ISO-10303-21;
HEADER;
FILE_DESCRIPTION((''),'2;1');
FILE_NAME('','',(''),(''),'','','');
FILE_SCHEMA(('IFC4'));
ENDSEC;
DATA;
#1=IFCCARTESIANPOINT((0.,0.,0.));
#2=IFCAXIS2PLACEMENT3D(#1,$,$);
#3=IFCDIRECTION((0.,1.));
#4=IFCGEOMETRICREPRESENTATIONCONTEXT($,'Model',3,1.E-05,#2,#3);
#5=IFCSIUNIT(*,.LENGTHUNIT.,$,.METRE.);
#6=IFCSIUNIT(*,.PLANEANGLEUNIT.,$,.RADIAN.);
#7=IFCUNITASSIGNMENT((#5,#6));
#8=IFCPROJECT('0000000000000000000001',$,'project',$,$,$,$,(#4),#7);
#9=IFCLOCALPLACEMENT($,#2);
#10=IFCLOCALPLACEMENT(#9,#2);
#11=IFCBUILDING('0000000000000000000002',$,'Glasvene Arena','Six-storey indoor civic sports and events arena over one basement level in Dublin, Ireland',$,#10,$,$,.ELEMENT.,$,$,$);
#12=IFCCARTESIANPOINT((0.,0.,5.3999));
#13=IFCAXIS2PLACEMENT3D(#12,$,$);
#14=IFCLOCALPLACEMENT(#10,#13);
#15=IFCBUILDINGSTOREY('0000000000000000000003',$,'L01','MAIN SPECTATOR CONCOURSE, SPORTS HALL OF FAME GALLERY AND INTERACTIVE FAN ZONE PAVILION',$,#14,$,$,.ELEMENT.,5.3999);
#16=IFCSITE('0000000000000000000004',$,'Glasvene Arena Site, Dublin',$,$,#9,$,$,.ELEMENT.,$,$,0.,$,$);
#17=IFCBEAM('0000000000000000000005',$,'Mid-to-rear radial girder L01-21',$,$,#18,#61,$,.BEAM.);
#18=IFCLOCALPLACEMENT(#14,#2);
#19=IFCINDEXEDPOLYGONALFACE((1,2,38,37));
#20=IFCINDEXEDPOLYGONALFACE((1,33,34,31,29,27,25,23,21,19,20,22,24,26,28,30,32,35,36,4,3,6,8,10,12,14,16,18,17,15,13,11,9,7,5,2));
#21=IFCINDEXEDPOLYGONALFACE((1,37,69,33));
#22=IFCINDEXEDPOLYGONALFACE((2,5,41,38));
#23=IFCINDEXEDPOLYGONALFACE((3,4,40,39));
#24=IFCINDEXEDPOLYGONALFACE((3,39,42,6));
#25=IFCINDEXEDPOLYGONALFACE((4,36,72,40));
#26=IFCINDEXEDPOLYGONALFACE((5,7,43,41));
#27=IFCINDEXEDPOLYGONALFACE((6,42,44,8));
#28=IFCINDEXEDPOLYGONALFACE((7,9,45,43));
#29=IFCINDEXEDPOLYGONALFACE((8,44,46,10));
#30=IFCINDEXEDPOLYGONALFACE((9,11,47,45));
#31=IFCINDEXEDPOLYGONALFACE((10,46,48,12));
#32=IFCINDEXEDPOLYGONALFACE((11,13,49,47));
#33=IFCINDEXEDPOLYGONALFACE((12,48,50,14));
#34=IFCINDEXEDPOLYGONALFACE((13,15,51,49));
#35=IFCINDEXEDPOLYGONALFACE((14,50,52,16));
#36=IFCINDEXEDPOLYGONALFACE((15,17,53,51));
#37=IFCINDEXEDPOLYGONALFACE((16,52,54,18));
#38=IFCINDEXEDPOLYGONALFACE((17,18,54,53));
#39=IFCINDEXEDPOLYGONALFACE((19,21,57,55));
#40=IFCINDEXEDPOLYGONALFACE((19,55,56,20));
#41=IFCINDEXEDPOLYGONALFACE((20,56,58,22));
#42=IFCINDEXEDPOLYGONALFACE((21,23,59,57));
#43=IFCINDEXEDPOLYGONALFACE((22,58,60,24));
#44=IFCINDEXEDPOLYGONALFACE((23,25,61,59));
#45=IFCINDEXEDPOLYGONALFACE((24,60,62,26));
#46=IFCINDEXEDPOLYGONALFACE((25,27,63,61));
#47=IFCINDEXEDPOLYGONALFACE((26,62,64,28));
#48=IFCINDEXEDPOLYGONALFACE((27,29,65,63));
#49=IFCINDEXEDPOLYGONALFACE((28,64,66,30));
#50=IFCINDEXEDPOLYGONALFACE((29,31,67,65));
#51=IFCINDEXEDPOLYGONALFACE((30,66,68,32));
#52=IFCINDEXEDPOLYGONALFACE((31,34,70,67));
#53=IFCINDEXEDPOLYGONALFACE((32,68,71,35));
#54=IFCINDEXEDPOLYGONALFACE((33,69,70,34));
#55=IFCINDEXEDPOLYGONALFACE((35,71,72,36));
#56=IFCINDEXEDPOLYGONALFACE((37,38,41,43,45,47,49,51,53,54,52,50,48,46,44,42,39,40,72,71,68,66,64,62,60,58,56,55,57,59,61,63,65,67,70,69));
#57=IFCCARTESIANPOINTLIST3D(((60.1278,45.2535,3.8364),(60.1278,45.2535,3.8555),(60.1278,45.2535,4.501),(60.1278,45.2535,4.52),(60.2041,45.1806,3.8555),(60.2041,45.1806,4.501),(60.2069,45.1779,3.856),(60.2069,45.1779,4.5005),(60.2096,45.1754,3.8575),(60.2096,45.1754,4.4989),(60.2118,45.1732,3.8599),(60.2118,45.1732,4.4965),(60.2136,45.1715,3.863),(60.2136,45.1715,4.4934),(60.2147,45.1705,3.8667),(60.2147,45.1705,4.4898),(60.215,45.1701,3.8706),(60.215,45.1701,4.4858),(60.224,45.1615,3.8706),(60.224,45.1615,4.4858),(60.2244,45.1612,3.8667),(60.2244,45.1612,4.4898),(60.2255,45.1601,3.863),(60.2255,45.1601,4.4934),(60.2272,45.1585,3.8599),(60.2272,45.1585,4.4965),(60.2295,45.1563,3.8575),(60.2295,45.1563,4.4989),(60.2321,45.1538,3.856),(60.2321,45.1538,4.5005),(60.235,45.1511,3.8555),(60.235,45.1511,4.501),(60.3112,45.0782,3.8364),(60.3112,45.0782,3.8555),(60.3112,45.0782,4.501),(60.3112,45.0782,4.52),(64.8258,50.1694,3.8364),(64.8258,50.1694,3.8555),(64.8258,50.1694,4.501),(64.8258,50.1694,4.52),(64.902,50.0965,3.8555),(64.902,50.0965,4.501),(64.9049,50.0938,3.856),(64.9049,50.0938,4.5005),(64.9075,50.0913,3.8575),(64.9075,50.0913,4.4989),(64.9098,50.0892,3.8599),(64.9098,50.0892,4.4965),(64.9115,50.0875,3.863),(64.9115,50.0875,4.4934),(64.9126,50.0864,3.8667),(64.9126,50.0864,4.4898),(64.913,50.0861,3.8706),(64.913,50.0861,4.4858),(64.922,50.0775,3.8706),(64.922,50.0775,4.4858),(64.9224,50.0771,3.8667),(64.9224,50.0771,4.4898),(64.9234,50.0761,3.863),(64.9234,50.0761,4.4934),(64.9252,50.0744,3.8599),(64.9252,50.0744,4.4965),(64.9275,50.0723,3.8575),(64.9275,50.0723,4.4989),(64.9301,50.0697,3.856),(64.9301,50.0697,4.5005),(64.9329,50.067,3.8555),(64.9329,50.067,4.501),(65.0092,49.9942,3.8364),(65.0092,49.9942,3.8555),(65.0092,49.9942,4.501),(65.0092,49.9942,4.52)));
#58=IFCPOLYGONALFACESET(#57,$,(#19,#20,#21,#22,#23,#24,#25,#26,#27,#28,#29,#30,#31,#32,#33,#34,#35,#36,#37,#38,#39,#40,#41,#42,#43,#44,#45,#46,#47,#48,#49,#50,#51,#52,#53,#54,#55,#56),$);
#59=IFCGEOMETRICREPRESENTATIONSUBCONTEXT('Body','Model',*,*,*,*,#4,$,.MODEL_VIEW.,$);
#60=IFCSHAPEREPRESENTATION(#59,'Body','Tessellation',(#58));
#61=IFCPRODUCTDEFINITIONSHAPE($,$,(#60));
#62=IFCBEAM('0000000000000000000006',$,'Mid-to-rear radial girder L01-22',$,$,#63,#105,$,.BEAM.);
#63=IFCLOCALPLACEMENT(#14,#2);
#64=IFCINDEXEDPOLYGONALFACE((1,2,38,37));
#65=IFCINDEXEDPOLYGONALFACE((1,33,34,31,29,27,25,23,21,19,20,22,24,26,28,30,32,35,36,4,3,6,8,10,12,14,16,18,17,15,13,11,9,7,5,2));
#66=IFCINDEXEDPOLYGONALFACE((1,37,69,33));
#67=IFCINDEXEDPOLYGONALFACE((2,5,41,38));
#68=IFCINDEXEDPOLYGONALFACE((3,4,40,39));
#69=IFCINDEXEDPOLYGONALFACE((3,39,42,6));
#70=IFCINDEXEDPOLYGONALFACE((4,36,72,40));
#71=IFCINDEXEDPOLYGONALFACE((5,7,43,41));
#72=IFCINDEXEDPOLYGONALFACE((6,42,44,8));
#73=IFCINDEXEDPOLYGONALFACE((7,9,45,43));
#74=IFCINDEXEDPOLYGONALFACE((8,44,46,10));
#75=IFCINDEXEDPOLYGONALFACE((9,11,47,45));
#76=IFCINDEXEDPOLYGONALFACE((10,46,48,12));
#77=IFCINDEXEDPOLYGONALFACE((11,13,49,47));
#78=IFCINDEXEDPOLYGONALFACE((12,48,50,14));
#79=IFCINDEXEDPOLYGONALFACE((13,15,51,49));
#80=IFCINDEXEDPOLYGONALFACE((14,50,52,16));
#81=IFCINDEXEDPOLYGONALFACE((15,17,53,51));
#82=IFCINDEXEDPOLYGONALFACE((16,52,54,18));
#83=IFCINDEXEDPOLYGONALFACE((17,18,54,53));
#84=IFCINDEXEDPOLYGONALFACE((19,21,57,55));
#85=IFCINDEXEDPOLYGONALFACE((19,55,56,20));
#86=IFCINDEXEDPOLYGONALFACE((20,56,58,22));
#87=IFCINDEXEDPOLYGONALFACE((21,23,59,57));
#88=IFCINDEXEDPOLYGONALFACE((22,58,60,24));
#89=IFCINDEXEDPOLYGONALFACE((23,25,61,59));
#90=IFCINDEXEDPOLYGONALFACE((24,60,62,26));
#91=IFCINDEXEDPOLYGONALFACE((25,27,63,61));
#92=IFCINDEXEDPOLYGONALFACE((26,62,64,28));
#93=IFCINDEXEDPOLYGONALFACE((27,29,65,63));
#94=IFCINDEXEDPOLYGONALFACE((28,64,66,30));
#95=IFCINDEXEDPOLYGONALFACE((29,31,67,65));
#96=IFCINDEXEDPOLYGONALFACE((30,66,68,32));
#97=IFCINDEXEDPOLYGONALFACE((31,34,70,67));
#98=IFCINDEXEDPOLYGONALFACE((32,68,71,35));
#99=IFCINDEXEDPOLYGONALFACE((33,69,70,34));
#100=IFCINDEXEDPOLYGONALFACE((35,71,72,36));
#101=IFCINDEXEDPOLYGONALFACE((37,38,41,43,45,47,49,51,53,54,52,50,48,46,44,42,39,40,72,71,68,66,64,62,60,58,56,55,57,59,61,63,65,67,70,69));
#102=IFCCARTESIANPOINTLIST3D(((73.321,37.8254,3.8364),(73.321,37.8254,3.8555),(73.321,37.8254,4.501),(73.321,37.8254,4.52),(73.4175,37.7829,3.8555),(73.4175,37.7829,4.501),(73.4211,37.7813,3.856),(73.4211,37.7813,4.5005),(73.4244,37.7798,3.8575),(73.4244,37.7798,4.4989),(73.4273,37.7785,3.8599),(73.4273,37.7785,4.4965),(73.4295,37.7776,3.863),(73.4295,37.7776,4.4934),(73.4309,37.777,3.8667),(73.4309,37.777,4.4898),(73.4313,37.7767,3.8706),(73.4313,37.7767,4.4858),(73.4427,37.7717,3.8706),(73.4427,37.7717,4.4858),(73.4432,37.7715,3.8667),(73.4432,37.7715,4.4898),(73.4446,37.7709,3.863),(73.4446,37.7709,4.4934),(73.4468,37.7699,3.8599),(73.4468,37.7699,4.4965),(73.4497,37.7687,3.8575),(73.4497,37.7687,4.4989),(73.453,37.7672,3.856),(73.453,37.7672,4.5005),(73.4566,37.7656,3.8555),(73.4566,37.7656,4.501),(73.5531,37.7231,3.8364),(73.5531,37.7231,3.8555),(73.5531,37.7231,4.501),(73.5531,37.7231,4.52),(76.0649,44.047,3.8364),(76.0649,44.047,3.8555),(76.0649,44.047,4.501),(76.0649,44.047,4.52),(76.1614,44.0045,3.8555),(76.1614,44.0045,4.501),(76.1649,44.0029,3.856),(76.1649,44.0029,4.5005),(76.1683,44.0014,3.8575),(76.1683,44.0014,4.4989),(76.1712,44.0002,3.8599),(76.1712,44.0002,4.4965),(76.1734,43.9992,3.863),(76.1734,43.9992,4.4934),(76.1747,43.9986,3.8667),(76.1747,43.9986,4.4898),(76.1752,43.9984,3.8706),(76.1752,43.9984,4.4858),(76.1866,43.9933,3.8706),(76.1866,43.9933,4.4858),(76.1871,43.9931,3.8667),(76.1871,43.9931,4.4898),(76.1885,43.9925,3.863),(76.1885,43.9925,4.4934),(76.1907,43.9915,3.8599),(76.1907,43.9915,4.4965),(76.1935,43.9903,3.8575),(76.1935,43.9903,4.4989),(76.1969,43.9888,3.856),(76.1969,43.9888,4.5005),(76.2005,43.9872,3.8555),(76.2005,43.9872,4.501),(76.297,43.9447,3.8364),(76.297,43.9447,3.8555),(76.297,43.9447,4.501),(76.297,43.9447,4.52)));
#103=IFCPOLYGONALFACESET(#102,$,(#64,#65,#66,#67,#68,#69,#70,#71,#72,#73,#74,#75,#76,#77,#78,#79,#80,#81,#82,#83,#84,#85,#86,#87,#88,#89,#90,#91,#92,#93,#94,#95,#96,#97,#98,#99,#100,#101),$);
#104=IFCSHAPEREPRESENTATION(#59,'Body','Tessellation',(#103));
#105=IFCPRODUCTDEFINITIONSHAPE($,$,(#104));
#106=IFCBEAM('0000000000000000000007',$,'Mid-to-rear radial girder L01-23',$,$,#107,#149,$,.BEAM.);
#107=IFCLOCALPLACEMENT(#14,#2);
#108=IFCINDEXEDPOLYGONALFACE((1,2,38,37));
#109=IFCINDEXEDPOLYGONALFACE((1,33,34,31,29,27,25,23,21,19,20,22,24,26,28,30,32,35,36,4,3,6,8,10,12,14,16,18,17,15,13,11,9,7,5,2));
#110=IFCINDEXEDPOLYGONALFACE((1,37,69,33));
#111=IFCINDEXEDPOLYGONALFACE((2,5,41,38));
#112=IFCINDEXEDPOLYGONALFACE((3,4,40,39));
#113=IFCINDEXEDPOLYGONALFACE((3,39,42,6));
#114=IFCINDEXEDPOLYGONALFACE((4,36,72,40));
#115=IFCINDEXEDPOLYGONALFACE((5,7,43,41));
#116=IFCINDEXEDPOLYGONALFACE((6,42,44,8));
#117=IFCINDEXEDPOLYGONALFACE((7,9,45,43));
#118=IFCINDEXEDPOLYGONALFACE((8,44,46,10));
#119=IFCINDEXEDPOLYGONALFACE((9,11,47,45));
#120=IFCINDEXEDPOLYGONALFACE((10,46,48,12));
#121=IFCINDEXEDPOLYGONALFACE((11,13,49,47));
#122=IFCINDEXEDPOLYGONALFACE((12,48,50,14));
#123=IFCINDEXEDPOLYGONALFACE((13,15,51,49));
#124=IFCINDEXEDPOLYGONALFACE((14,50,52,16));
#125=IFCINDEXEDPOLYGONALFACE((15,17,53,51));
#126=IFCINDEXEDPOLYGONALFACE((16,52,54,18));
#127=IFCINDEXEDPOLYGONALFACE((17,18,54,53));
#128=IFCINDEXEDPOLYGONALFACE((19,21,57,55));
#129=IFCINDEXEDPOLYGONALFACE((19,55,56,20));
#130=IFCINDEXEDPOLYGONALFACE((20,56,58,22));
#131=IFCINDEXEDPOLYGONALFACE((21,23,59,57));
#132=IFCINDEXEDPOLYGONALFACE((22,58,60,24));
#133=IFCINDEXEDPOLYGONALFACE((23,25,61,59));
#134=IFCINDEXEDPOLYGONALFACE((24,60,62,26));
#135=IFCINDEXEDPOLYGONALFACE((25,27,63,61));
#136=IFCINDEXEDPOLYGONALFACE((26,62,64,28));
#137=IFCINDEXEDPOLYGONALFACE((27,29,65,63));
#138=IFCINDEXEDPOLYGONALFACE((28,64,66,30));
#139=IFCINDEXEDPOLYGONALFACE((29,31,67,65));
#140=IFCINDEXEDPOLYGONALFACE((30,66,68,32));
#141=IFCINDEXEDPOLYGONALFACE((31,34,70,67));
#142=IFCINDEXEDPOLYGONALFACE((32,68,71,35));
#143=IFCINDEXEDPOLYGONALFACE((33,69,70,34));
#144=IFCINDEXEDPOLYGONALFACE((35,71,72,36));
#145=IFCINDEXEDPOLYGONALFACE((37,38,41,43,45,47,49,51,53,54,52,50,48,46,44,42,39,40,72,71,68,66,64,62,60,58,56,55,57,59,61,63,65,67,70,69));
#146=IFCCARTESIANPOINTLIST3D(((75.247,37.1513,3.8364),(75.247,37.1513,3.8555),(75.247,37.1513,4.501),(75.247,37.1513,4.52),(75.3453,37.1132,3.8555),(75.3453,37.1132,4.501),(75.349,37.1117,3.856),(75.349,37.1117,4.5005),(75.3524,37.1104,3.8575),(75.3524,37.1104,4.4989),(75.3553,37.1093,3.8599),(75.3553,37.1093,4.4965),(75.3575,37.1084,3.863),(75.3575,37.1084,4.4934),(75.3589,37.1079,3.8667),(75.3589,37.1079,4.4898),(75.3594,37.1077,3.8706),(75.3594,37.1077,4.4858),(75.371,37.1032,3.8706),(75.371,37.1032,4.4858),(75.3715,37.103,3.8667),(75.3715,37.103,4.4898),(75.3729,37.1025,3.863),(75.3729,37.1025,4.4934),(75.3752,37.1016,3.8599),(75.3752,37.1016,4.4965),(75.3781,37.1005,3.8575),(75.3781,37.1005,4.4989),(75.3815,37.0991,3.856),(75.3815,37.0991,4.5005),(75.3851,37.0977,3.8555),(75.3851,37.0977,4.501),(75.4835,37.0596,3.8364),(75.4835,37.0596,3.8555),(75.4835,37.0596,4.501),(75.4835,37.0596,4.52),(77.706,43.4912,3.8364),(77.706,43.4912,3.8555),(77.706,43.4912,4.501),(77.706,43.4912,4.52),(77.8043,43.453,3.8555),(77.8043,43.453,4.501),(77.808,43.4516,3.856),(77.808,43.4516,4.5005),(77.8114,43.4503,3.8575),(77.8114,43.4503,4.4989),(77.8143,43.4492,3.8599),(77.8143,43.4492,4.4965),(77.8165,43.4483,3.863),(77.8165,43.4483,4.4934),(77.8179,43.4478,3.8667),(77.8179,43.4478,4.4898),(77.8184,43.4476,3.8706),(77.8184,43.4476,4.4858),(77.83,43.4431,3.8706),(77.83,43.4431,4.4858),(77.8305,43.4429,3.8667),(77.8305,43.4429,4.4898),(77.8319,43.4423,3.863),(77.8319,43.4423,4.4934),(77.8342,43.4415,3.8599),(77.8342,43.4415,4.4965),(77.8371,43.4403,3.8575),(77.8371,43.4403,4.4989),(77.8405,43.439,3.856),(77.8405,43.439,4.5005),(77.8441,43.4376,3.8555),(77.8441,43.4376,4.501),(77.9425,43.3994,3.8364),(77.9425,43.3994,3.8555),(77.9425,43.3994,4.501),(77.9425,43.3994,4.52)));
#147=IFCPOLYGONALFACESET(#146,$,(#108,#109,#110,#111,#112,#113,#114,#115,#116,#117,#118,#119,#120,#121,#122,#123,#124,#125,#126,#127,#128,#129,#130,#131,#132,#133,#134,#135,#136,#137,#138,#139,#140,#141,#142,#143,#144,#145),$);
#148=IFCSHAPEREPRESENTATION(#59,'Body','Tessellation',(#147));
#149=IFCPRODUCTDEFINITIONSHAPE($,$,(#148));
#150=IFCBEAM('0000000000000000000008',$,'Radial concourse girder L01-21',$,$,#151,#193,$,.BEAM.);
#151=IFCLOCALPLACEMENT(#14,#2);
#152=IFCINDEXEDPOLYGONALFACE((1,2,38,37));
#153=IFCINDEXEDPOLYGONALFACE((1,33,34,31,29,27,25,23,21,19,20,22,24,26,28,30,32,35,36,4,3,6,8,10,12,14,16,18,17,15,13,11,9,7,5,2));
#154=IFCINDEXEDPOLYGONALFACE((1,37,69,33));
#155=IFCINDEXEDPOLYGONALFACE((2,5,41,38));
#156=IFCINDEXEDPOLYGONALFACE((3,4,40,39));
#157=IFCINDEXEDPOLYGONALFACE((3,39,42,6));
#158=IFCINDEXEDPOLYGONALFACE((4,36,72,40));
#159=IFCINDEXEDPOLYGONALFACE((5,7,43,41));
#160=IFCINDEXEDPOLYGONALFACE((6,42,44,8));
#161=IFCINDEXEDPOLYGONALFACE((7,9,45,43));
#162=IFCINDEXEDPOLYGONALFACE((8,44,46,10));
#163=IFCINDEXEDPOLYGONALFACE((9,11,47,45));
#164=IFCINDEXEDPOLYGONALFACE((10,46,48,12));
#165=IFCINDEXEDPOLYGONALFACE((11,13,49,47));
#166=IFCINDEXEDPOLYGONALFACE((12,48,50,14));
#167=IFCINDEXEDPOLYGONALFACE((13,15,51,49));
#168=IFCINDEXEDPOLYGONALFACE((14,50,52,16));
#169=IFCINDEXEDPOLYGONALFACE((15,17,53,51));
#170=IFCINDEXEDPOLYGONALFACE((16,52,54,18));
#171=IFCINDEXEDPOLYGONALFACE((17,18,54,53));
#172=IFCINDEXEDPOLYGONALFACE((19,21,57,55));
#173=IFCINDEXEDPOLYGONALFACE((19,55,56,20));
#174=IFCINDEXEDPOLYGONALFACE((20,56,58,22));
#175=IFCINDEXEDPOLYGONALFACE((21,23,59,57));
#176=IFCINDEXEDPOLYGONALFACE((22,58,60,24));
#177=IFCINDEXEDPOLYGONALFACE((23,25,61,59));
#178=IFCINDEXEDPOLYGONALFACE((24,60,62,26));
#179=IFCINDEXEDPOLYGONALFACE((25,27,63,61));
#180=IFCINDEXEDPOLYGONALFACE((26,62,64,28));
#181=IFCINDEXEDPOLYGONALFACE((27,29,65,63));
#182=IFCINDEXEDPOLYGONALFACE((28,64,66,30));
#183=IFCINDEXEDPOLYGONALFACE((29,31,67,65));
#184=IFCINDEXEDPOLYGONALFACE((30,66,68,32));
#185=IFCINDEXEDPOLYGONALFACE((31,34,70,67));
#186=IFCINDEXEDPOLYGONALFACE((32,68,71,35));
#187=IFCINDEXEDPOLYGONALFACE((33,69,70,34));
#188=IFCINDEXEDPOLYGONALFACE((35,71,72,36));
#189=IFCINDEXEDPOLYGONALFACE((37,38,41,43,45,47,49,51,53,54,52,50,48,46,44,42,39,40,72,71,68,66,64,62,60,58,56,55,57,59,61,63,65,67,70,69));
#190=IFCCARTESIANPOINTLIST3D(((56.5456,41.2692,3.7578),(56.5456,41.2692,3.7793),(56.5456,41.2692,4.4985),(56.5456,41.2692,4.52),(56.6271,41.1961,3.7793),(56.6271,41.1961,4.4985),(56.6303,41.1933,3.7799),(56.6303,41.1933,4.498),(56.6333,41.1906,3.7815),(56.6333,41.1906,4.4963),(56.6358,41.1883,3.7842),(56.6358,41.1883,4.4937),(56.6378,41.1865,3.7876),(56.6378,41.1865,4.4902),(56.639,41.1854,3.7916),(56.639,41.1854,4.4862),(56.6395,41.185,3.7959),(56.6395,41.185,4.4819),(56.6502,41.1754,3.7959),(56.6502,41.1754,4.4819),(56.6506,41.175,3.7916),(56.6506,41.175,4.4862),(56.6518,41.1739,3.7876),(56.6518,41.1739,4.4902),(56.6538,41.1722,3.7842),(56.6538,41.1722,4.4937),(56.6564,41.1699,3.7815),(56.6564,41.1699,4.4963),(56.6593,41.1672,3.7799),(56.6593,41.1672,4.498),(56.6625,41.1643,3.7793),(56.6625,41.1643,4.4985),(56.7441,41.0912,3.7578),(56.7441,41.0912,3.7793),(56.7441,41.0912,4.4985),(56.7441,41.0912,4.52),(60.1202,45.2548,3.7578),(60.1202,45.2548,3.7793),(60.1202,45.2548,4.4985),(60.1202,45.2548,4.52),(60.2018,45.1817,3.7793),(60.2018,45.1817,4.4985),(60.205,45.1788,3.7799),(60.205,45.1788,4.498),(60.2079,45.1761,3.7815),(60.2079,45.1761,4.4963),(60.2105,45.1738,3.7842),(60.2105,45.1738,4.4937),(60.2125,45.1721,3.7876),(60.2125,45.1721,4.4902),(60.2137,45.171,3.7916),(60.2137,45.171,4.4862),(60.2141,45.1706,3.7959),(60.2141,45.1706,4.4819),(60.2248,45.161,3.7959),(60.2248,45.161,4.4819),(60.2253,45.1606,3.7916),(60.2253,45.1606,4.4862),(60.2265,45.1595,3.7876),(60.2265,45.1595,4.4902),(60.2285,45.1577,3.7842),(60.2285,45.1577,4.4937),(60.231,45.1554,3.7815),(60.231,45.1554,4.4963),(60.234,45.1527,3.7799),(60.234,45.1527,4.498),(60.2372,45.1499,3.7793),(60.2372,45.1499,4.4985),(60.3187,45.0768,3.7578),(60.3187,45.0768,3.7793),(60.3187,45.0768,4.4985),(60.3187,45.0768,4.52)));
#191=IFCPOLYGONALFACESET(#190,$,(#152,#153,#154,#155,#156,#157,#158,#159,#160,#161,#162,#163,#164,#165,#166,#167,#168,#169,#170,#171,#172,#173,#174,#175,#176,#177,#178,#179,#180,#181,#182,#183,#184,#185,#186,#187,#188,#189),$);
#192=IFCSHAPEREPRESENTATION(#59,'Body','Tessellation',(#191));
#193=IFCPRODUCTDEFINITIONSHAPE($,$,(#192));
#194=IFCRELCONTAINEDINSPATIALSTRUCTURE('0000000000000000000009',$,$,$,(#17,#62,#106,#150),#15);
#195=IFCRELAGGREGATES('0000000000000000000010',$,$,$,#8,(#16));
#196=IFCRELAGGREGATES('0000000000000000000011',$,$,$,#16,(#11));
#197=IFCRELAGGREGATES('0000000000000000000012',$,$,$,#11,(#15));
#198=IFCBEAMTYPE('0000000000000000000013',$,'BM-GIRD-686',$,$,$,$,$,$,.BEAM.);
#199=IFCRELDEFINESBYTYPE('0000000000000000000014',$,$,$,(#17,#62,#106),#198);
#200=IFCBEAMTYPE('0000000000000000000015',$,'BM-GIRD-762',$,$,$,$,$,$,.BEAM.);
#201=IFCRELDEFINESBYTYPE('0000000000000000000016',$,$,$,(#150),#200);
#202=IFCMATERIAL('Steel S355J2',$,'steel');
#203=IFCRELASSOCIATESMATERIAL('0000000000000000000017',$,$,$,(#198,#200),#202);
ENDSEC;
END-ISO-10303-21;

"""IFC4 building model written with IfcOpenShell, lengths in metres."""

from ifc_helpers import new_model, si_unit, direction, frame, origin, origin_2d, place, context, subcontext, project, spatial, i_section, extrude, material, material_profile, profile_set, type_object, element, save


model = new_model("IFC4")

# Units and contexts
model_context = context("Model", 3, precision=1e-05, world=origin(), true_north=direction((0.0, 1.0)))
body_context = subcontext(model_context, "Body", "Model", "MODEL_VIEW")
ifc_project = project(units=[si_unit("LENGTHUNIT", "METRE"), si_unit("PLANEANGLEUNIT", "RADIAN")], contexts=[model_context])

# Site, building, storey
site_placement = place(None, origin())
site = spatial("IfcSite", under=ifc_project, at=site_placement, Name="Glasvene Arena Site, Dublin", CompositionType="ELEMENT", RefElevation=0.0)
building_placement = place(site_placement, origin())
building = spatial("IfcBuilding", under=site, at=building_placement, Name="Glasvene Arena", Description="Six-storey indoor civic sports and events arena over one basement level in Dublin, Ireland", CompositionType="ELEMENT")
storey_placement = place(building_placement, frame((0.0, 0.0, 5.3999)))
storey = spatial("IfcBuildingStorey", under=building, at=storey_placement, Name="L01", Description="MAIN SPECTATOR CONCOURSE, SPORTS HALL OF FAME GALLERY AND INTERACTIVE FAN ZONE PAVILION", CompositionType="ELEMENT", Elevation=5.3999)

# Shared definitions
ifc_material_1 = material(Name="Steel S355J2", Category="steel")

# Beams
ifc_material_profile_1 = material_profile(ifc_material_1, i_section(OverallWidth=0.2537, OverallDepth=0.6836, WebThickness=0.0125, FlangeThickness=0.019, FilletRadius=0.0151, at=origin_2d()), Name="UKB 686x254x140")
ifc_profile_set_1 = profile_set([ifc_material_profile_1], Name="Steel S355J2")
beam_type_1 = type_object("IfcBeamType", Name="BM-GIRD-686", PredefinedType="BEAM", material=ifc_profile_set_1)
for number, where, z_axis, x_axis, name in (
    (1, (64.9175, 50.0818, 4.1782), (-0.690894, -0.722956, 0.0), (0.722956, -0.690894, 0.0), "Mid-to-rear radial girder L01-21"),
    (2, (76.1809, 43.9958, 4.1782), (-0.403522, -0.91497, 0.0), (0.91497, -0.403522, 0.0), "Mid-to-rear radial girder L01-22"),
):
    element("IfcBeam", number, at=place(storey_placement, frame(where, z_axis=z_axis, x_axis=x_axis)), inside=storey, type_object=beam_type_1, Name=name, PredefinedType="BEAM", context=body_context, shape_type="SweptSolid", body=[
        extrude(i_section(OverallWidth=0.2537, OverallDepth=0.6836, WebThickness=0.0125, FlangeThickness=0.019, FilletRadius=0.0151, at=origin_2d()), origin(), (0.0, 0.0, 1.0), 6.7998),
    ])
beam_1_placement = place(storey_placement, frame((77.8242, 43.4453, 4.1782), z_axis=(-0.361614, -0.932328, 0.0), x_axis=(0.932328, -0.361614, 0.0)))
element("IfcBeam", 3, at=beam_1_placement, inside=storey, type_object=beam_type_1, Name="Mid-to-rear radial girder L01-23", PredefinedType="BEAM", context=body_context, shape_type="SweptSolid", body=[
    extrude(i_section(OverallWidth=0.2537, OverallDepth=0.6836, WebThickness=0.0125, FlangeThickness=0.019, FilletRadius=0.0151, at=origin_2d()), origin(), (0.0, 0.0, 1.0), 6.8),
])
ifc_material_profile_2 = material_profile(ifc_material_1, i_section(OverallWidth=0.2666, OverallDepth=0.7622, WebThickness=0.0144, FlangeThickness=0.0215, FilletRadius=0.0166, at=origin_2d()), Name="UKB 762x267x173")
ifc_profile_set_2 = profile_set([ifc_material_profile_2], Name="Steel S355J2")
beam_type_2 = type_object("IfcBeamType", Name="BM-GIRD-762", PredefinedType="BEAM", material=ifc_profile_set_2)
beam_2_placement = place(storey_placement, frame((60.2195, 45.1658, 4.1389), z_axis=(-0.667691, -0.744438, 0.0), x_axis=(0.744438, -0.667691, 0.0)))
element("IfcBeam", 4, at=beam_2_placement, inside=storey, type_object=beam_type_2, Name="Radial concourse girder L01-21", PredefinedType="BEAM", context=body_context, shape_type="SweptSolid", body=[
    extrude(i_section(OverallWidth=0.2666, OverallDepth=0.7622, WebThickness=0.0144, FlangeThickness=0.0215, FilletRadius=0.0166, at=origin_2d()), origin(), (0.0, 0.0, 1.0), 5.3538),
])

save(model, "model.ifc")
